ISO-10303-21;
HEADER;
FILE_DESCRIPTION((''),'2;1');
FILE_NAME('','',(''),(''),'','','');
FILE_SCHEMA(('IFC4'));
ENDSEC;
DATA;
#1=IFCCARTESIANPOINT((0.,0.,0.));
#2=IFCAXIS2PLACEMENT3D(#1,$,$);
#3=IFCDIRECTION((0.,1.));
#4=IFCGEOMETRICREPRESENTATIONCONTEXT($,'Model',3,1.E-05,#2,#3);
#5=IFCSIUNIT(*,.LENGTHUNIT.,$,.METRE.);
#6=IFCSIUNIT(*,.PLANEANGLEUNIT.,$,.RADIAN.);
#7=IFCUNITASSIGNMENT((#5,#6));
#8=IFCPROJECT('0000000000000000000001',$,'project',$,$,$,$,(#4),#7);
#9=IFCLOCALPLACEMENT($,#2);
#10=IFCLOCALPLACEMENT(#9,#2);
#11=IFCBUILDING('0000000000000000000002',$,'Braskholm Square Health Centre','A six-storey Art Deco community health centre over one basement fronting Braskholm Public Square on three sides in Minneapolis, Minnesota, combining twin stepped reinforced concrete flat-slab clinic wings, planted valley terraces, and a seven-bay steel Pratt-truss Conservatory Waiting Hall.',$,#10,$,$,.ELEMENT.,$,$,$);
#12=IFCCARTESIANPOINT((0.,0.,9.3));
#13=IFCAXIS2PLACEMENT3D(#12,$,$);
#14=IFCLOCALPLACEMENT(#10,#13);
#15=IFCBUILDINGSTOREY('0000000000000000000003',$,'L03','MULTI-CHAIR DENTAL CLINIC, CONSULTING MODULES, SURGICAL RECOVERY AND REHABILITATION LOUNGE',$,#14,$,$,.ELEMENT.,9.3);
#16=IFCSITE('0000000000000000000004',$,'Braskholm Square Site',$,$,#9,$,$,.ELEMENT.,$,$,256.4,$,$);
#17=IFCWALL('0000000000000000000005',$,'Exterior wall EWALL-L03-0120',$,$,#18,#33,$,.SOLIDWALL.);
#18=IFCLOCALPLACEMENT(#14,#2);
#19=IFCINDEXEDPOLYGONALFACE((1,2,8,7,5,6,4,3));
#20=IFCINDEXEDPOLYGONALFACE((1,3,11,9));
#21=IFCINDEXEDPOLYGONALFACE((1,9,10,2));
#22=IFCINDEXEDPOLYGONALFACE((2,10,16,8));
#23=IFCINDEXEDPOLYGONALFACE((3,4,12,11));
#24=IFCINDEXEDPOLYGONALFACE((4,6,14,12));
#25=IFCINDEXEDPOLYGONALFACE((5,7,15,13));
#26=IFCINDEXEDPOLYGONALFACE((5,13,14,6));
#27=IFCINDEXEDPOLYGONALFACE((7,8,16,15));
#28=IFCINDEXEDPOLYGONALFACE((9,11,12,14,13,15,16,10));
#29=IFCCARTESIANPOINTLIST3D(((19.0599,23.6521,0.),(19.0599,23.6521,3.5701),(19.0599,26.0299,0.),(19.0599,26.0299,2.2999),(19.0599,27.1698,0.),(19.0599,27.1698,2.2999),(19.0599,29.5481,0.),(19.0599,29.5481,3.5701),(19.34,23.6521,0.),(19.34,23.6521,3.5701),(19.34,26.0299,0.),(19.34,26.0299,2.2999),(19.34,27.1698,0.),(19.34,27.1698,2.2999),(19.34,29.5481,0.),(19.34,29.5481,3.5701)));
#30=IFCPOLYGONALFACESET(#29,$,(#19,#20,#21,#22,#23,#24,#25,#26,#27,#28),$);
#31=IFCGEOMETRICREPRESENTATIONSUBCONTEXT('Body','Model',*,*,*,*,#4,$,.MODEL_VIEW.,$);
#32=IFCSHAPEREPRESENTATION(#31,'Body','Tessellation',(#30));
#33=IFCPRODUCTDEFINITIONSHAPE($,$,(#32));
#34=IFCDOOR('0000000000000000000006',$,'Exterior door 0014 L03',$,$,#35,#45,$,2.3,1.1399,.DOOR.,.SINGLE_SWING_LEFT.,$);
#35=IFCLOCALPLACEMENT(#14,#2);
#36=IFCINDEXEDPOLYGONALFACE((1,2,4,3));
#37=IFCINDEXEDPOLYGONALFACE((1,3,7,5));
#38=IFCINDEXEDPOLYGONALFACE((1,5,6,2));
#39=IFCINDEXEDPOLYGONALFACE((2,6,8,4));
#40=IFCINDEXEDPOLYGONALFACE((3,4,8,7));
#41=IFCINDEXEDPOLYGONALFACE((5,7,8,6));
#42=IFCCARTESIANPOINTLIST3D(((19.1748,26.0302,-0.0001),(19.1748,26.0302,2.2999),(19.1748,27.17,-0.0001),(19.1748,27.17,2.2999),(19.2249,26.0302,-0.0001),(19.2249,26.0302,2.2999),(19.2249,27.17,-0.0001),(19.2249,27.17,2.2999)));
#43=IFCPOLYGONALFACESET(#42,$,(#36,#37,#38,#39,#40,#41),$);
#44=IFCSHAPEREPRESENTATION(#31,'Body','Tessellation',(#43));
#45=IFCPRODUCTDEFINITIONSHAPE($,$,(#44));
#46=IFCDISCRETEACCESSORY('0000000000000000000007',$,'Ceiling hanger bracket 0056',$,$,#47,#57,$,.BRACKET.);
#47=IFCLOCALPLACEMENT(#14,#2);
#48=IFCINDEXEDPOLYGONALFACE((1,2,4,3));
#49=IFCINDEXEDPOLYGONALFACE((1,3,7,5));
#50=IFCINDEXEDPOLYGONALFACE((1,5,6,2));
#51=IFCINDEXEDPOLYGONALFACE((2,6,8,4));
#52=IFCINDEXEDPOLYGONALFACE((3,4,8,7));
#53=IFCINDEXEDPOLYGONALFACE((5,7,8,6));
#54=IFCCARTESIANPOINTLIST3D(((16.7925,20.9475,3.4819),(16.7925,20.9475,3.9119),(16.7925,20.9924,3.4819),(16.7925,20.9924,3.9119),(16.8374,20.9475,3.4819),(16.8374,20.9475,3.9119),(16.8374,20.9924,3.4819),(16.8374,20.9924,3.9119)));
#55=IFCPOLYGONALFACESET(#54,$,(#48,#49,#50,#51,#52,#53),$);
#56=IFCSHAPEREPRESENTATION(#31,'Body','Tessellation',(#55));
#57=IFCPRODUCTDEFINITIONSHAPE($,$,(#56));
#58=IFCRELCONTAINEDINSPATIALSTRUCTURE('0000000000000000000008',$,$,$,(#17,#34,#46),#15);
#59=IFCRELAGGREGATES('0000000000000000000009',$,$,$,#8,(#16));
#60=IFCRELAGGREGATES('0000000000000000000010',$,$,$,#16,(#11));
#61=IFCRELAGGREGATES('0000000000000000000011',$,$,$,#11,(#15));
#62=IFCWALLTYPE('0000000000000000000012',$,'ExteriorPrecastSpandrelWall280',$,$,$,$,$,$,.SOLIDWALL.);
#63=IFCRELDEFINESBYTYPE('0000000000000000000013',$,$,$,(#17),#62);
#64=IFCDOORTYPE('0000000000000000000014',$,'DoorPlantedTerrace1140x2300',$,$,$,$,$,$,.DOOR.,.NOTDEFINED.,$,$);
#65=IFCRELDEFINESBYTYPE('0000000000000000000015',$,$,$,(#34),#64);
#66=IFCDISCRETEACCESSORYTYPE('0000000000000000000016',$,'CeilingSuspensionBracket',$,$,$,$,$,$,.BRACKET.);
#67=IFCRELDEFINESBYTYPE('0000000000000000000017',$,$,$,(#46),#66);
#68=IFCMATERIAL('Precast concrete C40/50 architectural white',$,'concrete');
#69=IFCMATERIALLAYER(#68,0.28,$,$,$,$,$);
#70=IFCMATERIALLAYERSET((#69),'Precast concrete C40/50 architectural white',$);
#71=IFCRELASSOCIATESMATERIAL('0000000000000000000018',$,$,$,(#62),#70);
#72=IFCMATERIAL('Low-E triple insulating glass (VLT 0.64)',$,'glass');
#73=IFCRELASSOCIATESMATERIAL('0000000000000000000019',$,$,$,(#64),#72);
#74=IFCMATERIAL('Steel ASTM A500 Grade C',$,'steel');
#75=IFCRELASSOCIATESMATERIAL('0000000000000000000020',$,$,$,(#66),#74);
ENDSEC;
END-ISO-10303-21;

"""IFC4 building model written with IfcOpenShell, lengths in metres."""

from ifc_helpers import new_model, si_unit, direction, frame, frame_2d, origin, origin_2d, place, context, subcontext, project, spatial, rectangle, extrude, material, layer, layer_set, type_object, element, fill, save


model = new_model("IFC4")

# Units and contexts
model_context = context("Model", 3, precision=1e-05, world=origin(), true_north=direction((0.0, 1.0)))
body_context = subcontext(model_context, "Body", "Model", "MODEL_VIEW")
ifc_project = project(units=[si_unit("LENGTHUNIT", "METRE"), si_unit("PLANEANGLEUNIT", "RADIAN")], contexts=[model_context])

# Site, building, storey
site_placement = place(None, origin())
site = spatial("IfcSite", under=ifc_project, at=site_placement, Name="Braskholm Square Site", CompositionType="ELEMENT", RefElevation=256.4)
building_placement = place(site_placement, origin())
building = spatial("IfcBuilding", under=site, at=building_placement, Name="Braskholm Square Health Centre", Description="A six-storey Art Deco community health centre over one basement fronting Braskholm Public Square on three sides in Minneapolis, Minnesota, combining twin stepped reinforced concrete flat-slab clinic wings, planted valley terraces, and a seven-bay steel Pratt-truss Conservatory Waiting Hall.", CompositionType="ELEMENT")
storey_placement = place(building_placement, frame((0.0, 0.0, 9.3)))
storey = spatial("IfcBuildingStorey", under=building, at=storey_placement, Name="L03", Description="MULTI-CHAIR DENTAL CLINIC, CONSULTING MODULES, SURGICAL RECOVERY AND REHABILITATION LOUNGE", CompositionType="ELEMENT", Elevation=9.3)

# Shared definitions
ifc_material_1 = material(Name="Low-E triple insulating glass (VLT 0.64)", Category="glass")

# Shared definitions
ifc_material_2 = material(Name="Precast concrete C40/50 architectural white", Category="concrete")

# Wall, opening, door
ifc_layer = layer(ifc_material_2, 0.28)
ifc_layer_set = layer_set([ifc_layer], Name="Precast concrete C40/50 architectural white")
wall_type = type_object("IfcWallType", Name="ExteriorPrecastSpandrelWall280", PredefinedType="SOLIDWALL", material=ifc_layer_set)
wall_placement = place(storey_placement, frame((19.2, 23.6521, 0.0), z_axis=(0.0, 0.0, 1.0), x_axis=(0.0, 1.0, 0.0)))
wall = element("IfcWall", 1, at=wall_placement, inside=storey, type_object=wall_type, Name="Exterior wall EWALL-L03-0120", PredefinedType="SOLIDWALL", context=body_context, shape_type="SweptSolid", body=[
    extrude(rectangle(XDim=5.896, YDim=0.28, at=frame_2d((2.948, 0.0))), origin(), (0.0, 0.0, 1.0), 3.5701),
])
opening_placement = place(wall_placement, frame((2.3779, 0.0, 0.0)))
opening = element("IfcOpeningElement", 2, at=opening_placement, cuts=wall, PredefinedType="OPENING", context=body_context, shape_type="SweptSolid", body=[
    extrude(rectangle(XDim=1.1399, YDim=2.3, at=frame_2d((0.5698, 1.1499))), frame((0.0, 0.1499, 0.0), z_axis=(0.0, -1.0, 0.0), x_axis=(1.0, 0.0, 0.0)), (0.0, 0.0, 1.0), 0.3),
])
door_type = type_object("IfcDoorType", Name="DoorPlantedTerrace1140x2300", OperationType="NOTDEFINED", PredefinedType="DOOR", material=ifc_material_1)
door_placement = place(opening_placement, frame((1.1399, 0.0, 0.0), z_axis=(0.0, 0.0, 1.0), x_axis=(-1.0, 0.0, 0.0)))
door = element("IfcDoor", 3, at=door_placement, inside=storey, type_object=door_type, Name="Exterior door 0014 L03", OperationType="SINGLE_SWING_LEFT", OverallHeight=2.3, OverallWidth=1.1399, PredefinedType="DOOR", context=body_context, shape_type="SweptSolid", body=[
    extrude(rectangle(XDim=1.1399, YDim=2.3, at=frame_2d((0.5698, 1.1499))), frame((0.0, 0.0249, 0.0), z_axis=(0.0, -1.0, 0.0), x_axis=(1.0, 0.0, 0.0)), (0.0, 0.0, 1.0), 0.05),
])
fill(opening, door)

# Discrete accessory
ifc_material_3 = material(Name="Steel ASTM A500 Grade C", Category="steel")
discrete_accessory_type = type_object("IfcDiscreteAccessoryType", Name="CeilingSuspensionBracket", PredefinedType="BRACKET", material=ifc_material_3)
discrete_accessory_placement = place(storey_placement, frame((16.8149, 20.97, 3.4819), z_axis=(0.0, 0.0, 1.0), x_axis=(1.0, 0.0, 0.0)))
element("IfcDiscreteAccessory", 4, at=discrete_accessory_placement, inside=storey, type_object=discrete_accessory_type, Name="Ceiling hanger bracket 0056", PredefinedType="BRACKET", context=body_context, shape_type="SweptSolid", body=[
    extrude(rectangle(XDim=0.0449, YDim=0.0449, at=origin_2d()), origin(), (0.0, 0.0, 1.0), 0.4299),
])

save(model, "model.ifc")
